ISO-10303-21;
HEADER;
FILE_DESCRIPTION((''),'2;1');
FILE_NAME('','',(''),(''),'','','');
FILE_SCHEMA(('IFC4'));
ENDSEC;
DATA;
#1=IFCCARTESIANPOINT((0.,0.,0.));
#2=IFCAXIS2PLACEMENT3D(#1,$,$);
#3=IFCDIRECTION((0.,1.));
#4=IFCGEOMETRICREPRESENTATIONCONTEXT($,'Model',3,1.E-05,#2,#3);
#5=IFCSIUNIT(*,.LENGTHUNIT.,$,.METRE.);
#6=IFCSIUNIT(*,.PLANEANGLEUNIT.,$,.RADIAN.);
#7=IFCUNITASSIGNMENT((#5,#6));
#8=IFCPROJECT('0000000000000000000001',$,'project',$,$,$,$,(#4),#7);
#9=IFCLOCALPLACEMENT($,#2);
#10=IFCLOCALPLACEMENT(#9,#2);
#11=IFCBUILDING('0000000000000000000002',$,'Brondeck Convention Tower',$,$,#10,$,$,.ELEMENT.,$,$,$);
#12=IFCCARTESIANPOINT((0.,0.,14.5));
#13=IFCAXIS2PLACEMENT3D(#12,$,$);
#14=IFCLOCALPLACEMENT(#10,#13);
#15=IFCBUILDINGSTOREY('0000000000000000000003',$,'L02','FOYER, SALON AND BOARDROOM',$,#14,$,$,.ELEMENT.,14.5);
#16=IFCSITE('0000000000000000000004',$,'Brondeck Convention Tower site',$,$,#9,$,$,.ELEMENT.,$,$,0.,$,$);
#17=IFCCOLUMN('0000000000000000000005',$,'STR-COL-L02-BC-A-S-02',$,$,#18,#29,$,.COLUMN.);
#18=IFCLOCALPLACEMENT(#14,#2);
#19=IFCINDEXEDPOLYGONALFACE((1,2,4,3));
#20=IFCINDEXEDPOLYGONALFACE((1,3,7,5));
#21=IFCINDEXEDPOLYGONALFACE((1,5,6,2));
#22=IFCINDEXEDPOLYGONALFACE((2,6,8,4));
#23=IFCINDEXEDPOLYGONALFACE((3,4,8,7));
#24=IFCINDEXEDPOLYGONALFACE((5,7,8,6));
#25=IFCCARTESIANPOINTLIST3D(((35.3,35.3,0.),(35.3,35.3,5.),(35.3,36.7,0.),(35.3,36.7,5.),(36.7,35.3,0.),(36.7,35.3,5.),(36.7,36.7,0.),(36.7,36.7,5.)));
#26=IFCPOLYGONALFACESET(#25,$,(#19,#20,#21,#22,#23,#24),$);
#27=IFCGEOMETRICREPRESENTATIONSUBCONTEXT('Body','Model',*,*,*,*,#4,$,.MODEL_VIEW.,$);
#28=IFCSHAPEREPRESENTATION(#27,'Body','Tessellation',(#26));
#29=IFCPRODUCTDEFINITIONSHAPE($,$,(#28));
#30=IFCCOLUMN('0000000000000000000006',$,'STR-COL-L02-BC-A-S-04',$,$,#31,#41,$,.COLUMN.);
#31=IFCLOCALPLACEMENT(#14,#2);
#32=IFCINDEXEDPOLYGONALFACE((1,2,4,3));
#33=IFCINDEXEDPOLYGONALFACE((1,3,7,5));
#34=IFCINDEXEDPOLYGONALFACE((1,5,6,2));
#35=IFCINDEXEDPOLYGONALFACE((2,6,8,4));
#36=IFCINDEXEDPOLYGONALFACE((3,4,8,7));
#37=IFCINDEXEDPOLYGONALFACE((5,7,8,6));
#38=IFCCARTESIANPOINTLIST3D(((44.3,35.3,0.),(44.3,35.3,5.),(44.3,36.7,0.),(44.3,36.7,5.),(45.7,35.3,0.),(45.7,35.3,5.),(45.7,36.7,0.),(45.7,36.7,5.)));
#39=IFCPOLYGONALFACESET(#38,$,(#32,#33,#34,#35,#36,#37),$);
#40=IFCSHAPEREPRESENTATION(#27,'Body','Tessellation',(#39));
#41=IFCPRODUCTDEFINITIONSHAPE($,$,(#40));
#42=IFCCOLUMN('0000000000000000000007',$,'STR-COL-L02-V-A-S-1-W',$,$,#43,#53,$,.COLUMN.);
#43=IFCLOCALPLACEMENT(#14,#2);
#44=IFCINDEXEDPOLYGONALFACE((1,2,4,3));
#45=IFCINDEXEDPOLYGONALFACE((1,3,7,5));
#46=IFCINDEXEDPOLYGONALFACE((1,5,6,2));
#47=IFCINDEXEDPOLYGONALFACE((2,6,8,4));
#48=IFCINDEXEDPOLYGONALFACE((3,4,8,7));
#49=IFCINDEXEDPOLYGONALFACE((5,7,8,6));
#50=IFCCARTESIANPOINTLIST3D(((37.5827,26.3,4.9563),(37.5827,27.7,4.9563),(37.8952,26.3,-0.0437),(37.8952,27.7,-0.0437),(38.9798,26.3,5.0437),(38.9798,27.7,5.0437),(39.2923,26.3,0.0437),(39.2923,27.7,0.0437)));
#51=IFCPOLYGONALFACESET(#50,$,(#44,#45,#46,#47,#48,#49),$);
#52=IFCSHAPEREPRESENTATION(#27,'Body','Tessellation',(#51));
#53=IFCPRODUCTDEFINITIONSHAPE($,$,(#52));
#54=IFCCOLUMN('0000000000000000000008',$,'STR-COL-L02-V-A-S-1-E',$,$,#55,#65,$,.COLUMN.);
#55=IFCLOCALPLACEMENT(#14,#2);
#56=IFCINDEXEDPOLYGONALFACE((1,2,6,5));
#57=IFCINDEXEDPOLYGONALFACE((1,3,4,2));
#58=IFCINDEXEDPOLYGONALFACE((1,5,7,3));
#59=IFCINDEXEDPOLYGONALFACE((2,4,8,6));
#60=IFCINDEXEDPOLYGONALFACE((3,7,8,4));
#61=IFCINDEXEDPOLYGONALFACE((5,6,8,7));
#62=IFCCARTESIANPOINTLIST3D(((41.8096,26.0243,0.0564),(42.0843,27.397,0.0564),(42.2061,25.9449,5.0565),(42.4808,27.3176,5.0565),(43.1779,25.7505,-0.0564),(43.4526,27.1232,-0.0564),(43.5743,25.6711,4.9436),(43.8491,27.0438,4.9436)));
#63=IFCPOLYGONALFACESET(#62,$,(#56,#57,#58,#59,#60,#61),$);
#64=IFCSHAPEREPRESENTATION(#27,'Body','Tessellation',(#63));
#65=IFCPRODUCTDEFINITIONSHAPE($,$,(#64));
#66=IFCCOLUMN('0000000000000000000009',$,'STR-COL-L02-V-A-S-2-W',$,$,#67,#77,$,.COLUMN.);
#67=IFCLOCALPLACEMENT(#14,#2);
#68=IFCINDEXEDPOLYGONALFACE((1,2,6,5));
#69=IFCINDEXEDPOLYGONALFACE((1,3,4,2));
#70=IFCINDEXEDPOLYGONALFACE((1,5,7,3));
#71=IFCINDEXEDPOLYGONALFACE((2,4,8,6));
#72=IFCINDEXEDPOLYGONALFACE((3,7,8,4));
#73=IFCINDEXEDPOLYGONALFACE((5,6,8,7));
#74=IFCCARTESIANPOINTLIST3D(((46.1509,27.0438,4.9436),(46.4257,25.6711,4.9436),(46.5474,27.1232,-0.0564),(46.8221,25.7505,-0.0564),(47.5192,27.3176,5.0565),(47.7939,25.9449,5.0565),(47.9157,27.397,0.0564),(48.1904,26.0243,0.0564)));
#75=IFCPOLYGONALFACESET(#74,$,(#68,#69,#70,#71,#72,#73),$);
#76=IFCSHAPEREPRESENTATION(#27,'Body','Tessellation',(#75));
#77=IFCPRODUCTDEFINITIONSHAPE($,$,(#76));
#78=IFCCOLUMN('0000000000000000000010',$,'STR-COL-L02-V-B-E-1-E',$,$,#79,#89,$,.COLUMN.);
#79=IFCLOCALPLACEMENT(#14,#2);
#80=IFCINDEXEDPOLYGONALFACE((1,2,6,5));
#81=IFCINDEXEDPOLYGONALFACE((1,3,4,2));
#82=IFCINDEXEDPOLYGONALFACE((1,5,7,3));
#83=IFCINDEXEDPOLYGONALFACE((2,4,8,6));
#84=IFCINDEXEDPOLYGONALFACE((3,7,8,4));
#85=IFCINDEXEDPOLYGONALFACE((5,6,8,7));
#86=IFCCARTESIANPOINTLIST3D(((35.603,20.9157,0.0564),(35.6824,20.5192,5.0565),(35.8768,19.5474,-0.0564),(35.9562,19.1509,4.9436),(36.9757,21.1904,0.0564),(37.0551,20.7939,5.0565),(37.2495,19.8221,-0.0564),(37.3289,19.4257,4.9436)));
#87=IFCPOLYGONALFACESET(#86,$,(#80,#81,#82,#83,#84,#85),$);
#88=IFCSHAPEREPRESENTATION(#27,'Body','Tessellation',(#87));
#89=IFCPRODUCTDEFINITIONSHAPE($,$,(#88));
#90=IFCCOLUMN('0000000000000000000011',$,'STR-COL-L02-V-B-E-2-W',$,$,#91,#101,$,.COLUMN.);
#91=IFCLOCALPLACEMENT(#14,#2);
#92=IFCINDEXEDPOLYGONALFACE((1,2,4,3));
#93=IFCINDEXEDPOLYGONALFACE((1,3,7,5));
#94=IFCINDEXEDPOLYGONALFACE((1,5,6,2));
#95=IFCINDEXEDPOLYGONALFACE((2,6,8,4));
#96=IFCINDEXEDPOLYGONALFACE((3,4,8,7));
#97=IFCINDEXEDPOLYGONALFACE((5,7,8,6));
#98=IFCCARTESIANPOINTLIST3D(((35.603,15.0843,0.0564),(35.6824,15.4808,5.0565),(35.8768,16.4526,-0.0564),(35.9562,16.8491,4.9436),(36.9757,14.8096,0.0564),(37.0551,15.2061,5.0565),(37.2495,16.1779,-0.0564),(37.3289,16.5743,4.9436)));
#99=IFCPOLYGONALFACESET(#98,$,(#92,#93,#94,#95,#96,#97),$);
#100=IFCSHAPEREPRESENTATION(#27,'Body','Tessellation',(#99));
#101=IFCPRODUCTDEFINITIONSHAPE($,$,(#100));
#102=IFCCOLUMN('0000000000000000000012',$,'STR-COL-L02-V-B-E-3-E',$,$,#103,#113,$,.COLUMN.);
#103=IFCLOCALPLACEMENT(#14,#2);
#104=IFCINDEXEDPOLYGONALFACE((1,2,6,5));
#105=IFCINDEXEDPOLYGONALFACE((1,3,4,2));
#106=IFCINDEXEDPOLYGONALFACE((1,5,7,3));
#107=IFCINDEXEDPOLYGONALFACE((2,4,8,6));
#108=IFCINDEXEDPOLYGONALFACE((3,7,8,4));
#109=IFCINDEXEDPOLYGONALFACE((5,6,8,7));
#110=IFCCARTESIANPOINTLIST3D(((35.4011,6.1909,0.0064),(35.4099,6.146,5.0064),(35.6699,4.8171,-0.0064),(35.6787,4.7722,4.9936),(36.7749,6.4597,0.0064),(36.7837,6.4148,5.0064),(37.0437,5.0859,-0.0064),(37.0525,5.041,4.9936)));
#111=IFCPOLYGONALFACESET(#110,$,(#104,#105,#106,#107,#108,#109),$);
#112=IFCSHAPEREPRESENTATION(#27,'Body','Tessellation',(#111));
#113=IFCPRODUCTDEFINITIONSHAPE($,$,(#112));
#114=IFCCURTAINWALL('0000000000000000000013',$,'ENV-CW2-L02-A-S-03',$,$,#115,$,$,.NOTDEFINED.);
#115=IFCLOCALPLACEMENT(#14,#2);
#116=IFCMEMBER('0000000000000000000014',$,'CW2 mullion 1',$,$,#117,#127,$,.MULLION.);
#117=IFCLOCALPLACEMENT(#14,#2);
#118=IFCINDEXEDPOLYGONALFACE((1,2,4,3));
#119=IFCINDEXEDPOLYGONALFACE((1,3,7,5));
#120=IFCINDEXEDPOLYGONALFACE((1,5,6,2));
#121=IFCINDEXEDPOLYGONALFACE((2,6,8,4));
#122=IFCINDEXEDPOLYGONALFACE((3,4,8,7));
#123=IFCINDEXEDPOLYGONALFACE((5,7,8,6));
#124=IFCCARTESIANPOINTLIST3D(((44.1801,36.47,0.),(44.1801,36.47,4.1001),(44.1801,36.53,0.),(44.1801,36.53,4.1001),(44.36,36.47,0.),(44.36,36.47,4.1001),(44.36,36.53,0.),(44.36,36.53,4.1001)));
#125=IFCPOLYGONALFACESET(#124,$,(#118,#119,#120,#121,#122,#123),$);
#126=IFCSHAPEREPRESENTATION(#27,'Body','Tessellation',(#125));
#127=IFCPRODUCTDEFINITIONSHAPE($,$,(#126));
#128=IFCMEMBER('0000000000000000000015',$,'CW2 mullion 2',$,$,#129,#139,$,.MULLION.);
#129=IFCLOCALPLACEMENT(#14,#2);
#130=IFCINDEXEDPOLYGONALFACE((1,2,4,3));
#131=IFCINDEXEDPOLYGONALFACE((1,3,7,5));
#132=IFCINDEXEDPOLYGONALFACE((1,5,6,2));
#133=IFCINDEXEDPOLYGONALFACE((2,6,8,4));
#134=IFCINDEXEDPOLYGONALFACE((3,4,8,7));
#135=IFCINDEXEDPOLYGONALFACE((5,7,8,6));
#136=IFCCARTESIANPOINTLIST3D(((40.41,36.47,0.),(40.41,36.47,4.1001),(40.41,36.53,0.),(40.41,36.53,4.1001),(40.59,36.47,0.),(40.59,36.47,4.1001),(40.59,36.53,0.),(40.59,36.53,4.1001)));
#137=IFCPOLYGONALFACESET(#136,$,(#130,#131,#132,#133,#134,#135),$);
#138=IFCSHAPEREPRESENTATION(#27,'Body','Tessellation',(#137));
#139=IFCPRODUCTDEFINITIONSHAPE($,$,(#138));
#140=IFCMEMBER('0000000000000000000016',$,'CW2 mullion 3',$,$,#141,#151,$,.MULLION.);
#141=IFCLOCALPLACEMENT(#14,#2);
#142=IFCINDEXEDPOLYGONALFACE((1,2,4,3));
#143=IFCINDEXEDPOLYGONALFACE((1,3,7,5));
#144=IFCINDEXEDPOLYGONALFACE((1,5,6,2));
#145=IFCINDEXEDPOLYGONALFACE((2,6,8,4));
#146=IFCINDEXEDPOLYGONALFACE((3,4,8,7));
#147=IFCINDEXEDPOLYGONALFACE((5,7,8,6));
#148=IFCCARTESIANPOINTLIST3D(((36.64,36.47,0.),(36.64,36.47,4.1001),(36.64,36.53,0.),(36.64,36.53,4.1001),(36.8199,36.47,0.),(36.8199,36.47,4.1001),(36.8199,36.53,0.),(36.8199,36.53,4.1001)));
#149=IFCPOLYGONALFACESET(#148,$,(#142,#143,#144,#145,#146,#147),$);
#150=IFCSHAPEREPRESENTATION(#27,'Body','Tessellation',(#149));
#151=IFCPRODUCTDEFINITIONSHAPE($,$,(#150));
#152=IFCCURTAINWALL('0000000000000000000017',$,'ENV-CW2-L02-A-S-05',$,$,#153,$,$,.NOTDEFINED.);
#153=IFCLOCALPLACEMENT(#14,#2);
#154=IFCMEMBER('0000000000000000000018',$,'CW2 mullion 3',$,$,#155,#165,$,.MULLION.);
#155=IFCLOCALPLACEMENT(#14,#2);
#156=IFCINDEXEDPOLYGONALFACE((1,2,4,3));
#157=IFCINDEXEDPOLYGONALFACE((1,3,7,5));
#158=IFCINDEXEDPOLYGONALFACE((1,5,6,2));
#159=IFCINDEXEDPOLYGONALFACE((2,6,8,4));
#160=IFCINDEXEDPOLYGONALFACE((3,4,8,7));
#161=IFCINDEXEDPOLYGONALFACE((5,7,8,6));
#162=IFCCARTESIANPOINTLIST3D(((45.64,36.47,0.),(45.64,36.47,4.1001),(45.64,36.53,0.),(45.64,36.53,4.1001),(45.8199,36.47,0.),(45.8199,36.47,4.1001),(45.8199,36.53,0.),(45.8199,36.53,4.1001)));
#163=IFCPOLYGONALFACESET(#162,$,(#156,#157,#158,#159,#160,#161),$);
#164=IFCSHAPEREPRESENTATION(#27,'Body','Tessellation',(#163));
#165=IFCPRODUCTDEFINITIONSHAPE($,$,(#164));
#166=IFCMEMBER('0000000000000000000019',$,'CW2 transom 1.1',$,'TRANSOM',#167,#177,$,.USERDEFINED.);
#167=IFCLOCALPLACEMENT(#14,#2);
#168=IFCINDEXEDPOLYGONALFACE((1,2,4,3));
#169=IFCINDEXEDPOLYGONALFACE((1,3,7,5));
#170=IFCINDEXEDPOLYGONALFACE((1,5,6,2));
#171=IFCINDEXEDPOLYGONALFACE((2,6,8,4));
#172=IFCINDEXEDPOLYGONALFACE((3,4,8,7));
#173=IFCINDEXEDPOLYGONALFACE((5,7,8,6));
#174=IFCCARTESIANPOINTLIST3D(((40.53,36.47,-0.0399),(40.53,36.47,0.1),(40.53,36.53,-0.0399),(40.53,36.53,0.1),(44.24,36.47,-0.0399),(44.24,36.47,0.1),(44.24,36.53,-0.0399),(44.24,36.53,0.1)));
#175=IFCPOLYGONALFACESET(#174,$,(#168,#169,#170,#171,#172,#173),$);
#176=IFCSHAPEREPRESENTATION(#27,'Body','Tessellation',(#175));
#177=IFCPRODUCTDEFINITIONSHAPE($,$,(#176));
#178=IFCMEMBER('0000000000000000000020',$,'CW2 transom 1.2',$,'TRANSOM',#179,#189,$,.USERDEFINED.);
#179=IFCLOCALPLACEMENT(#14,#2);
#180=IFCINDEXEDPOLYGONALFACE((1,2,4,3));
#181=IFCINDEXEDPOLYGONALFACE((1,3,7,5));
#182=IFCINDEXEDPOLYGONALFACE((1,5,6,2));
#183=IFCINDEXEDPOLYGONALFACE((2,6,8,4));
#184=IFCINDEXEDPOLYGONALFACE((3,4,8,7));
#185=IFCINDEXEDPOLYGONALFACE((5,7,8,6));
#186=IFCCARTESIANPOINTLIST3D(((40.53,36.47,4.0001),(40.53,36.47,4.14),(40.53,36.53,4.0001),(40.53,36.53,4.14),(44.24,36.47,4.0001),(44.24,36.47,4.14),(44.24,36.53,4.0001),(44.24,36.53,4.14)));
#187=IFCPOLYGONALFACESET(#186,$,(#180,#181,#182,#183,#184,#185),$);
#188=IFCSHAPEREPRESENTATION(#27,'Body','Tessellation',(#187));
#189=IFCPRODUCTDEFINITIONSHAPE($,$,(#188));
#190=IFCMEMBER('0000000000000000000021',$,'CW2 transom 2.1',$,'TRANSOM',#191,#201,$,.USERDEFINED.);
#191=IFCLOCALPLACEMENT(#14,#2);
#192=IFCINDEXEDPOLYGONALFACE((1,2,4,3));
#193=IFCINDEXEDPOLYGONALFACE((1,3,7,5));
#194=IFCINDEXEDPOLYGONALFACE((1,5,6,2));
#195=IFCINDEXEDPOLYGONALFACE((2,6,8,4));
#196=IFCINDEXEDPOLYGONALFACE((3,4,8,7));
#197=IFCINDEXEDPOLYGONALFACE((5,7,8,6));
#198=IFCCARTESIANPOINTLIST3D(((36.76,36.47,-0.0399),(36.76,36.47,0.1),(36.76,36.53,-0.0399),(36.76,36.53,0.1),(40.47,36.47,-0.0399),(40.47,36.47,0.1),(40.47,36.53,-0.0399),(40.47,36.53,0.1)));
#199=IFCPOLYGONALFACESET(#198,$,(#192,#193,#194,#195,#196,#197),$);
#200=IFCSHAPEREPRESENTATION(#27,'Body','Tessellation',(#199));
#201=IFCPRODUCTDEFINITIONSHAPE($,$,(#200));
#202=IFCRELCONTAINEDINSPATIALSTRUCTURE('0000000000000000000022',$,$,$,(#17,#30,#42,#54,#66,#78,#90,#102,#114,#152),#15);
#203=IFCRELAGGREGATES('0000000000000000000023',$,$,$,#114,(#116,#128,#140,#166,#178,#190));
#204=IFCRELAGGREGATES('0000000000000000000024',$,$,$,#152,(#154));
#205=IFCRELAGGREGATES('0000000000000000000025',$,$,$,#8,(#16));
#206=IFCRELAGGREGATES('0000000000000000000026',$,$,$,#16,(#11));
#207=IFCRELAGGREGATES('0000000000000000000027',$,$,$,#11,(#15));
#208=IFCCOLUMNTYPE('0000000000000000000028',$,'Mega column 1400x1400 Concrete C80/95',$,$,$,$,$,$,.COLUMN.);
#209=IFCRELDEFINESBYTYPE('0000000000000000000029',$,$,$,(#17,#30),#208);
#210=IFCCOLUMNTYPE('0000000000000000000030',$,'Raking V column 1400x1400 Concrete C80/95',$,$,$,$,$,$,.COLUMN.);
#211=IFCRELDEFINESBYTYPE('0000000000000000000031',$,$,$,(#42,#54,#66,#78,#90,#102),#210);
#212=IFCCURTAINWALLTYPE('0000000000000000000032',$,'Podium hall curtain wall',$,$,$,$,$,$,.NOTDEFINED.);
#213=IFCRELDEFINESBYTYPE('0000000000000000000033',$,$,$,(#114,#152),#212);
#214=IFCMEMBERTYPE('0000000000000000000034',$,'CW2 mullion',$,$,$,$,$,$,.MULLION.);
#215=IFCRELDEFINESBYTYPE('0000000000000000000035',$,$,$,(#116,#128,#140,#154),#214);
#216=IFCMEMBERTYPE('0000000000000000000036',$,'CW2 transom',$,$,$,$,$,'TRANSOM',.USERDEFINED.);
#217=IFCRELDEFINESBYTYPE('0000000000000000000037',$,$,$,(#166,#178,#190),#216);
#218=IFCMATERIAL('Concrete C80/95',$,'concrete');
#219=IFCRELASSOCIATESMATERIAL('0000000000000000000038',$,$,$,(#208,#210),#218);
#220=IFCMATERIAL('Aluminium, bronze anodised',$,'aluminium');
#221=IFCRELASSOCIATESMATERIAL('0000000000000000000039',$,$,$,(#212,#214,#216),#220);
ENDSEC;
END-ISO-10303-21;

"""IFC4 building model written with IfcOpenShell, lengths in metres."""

from ifc_helpers import new_model, si_unit, direction, frame, origin, origin_2d, place, context, subcontext, project, spatial, rectangle, extrude, material, material_profile, profile_set, type_object, element, aggregate, save


model = new_model("IFC4")

# Units and contexts
model_context = context("Model", 3, precision=1e-05, world=origin(), true_north=direction((0.0, 1.0)))
body_context = subcontext(model_context, "Body", "Model", "MODEL_VIEW")
ifc_project = project(units=[si_unit("LENGTHUNIT", "METRE"), si_unit("PLANEANGLEUNIT", "RADIAN")], contexts=[model_context])

# Site, building, storey
site_placement = place(None, origin())
site = spatial("IfcSite", under=ifc_project, at=site_placement, Name="Brondeck Convention Tower site", CompositionType="ELEMENT", RefElevation=0.0)
building_placement = place(site_placement, origin())
building = spatial("IfcBuilding", under=site, at=building_placement, Name="Brondeck Convention Tower", CompositionType="ELEMENT")
storey_placement = place(building_placement, frame((0.0, 0.0, 14.5)))
storey = spatial("IfcBuildingStorey", under=building, at=storey_placement, Name="L02", Description="FOYER, SALON AND BOARDROOM", CompositionType="ELEMENT", Elevation=14.5)

# Columns
ifc_material_1 = material(Name="Concrete C80/95", Category="concrete")
ifc_material_profile_1 = material_profile(ifc_material_1, rectangle(XDim=1.3999, YDim=1.3999, at=origin_2d()), Name="Mega column 1400x1400 Concrete C80/95")
ifc_profile_set_1 = profile_set([ifc_material_profile_1], Name="Concrete C80/95")
column_type_1 = type_object("IfcColumnType", Name="Mega column 1400x1400 Concrete C80/95", PredefinedType="COLUMN", material=ifc_profile_set_1)
for number, where, z_axis, x_axis, name in (
    (1, (36.0, 36.0, 0.0), (0.0, 0.0, 1.0), (1.0, 0.0, 0.0), "STR-COL-L02-BC-A-S-02"),
    (2, (45.0, 36.0, 0.0), (0.0, 0.0, 1.0), (1.0, 0.0, 0.0), "STR-COL-L02-BC-A-S-04"),
):
    element("IfcColumn", number, at=place(storey_placement, frame(where, z_axis=z_axis, x_axis=x_axis)), inside=storey, type_object=column_type_1, Name=name, PredefinedType="COLUMN", context=body_context, shape_type="SweptSolid", body=[
        extrude(rectangle(XDim=1.3999, YDim=1.3999, at=origin_2d()), origin(), (0.0, 0.0, 1.0), 5.0),
    ])
ifc_material_profile_2 = material_profile(ifc_material_1, rectangle(XDim=1.3999, YDim=1.3999, at=origin_2d()), Name="Raking V column 1400x1400 Concrete C80/95")
ifc_profile_set_2 = profile_set([ifc_material_profile_2], Name="Concrete C80/95")
column_type_2 = type_object("IfcColumnType", Name="Raking V column 1400x1400 Concrete C80/95", PredefinedType="COLUMN", material=ifc_profile_set_2)
column_1_placement = place(storey_placement, frame((38.5938, 27.0, 0.0), z_axis=(-0.062378, 0.0, 0.998053), x_axis=(0.0, -1.0, 0.0)))
element("IfcColumn", 3, at=column_1_placement, inside=storey, type_object=column_type_2, Name="STR-COL-L02-V-A-S-1-W", PredefinedType="COLUMN", context=body_context, shape_type="SweptSolid", body=[
    extrude(rectangle(XDim=1.3999, YDim=1.3999, at=origin_2d()), origin(), (0.0, 0.0, 1.0), 5.0098),
])
for number, where, z_axis, x_axis, name in (
    (4, (42.6311, 26.5737, 0.0), (0.079039, -0.015818, 0.996746), (0.196232, 0.980557, 0.0), "STR-COL-L02-V-A-S-1-E"),
    (5, (47.3689, 26.5737, 0.0), (-0.079039, -0.015818, 0.996746), (0.196232, -0.980557, 0.0), "STR-COL-L02-V-A-S-2-W"),
    (6, (36.4263, 20.3689, 0.0), (0.015818, -0.079039, 0.996746), (0.980557, 0.196232, 0.0), "STR-COL-L02-V-B-E-1-E"),
    (7, (36.4263, 15.6311, 0.0), (0.015818, 0.079039, 0.996746), (-0.980557, 0.196232, 0.0), "STR-COL-L02-V-B-E-2-W"),
):
    element("IfcColumn", number, at=place(storey_placement, frame(where, z_axis=z_axis, x_axis=x_axis)), inside=storey, type_object=column_type_2, Name=name, PredefinedType="COLUMN", context=body_context, shape_type="SweptSolid", body=[
        extrude(rectangle(XDim=1.3999, YDim=1.3999, at=origin_2d()), origin(), (0.0, 0.0, 1.0), 5.0164),
    ])
column_2_placement = place(storey_placement, frame((36.2224, 5.6384, 0.0), z_axis=(0.001758, -0.008984, 0.999958), x_axis=(0.981393, 0.192012, 0.0)))
element("IfcColumn", 8, at=column_2_placement, inside=storey, type_object=column_type_2, Name="STR-COL-L02-V-B-E-3-E", PredefinedType="COLUMN", context=body_context, shape_type="SweptSolid", body=[
    extrude(rectangle(XDim=1.3999, YDim=1.3999, at=origin_2d()), origin(), (0.0, 0.0, 1.0), 5.0002),
])

# Curtain wall, members
ifc_material_2 = material(Name="Aluminium, bronze anodised", Category="aluminium")
curtain_wall_type = type_object("IfcCurtainWallType", Name="Podium hall curtain wall", PredefinedType="NOTDEFINED", material=ifc_material_2)
curtain_wall_1_placement = place(storey_placement, origin())
curtain_wall_1 = element("IfcCurtainWall", 9, at=curtain_wall_1_placement, inside=storey, type_object=curtain_wall_type, Name="ENV-CW2-L02-A-S-03", PredefinedType="NOTDEFINED")
ifc_material_profile_3 = material_profile(ifc_material_2, rectangle(XDim=0.0601, YDim=0.1799, at=origin_2d()), Name="CW2 mullion")
ifc_profile_set_3 = profile_set([ifc_material_profile_3], Name="Aluminium, bronze anodised")
member_type_1 = type_object("IfcMemberType", Name="CW2 mullion", PredefinedType="MULLION", material=ifc_profile_set_3)
member_1_placement = place(storey_placement, frame((44.27, 36.5, 0.0), z_axis=(0.0, 0.0, 1.0), x_axis=(0.0, -1.0, 0.0)))
member_1 = element("IfcMember", 10, at=member_1_placement, type_object=member_type_1, Name="CW2 mullion 1", PredefinedType="MULLION", context=body_context, shape_type="SweptSolid", body=[
    extrude(rectangle(XDim=0.0601, YDim=0.1799, at=origin_2d()), origin(), (0.0, 0.0, 1.0), 4.1001),
])
member_2_placement = place(storey_placement, frame((40.5, 36.5, 0.0), z_axis=(0.0, 0.0, 1.0), x_axis=(0.0, -1.0, 0.0)))
member_2 = element("IfcMember", 11, at=member_2_placement, type_object=member_type_1, Name="CW2 mullion 2", PredefinedType="MULLION", context=body_context, shape_type="SweptSolid", body=[
    extrude(rectangle(XDim=0.0601, YDim=0.1799, at=origin_2d()), origin(), (0.0, 0.0, 1.0), 4.1001),
])
member_3_placement = place(storey_placement, frame((36.73, 36.5, 0.0), z_axis=(0.0, 0.0, 1.0), x_axis=(0.0, -1.0, 0.0)))
member_3 = element("IfcMember", 12, at=member_3_placement, type_object=member_type_1, Name="CW2 mullion 3", PredefinedType="MULLION", context=body_context, shape_type="SweptSolid", body=[
    extrude(rectangle(XDim=0.0601, YDim=0.1799, at=origin_2d()), origin(), (0.0, 0.0, 1.0), 4.1001),
])

# Curtain wall, member
curtain_wall_2_placement = place(storey_placement, origin())
curtain_wall_2 = element("IfcCurtainWall", 13, at=curtain_wall_2_placement, inside=storey, type_object=curtain_wall_type, Name="ENV-CW2-L02-A-S-05", PredefinedType="NOTDEFINED")
member_4_placement = place(storey_placement, frame((45.73, 36.5, 0.0), z_axis=(0.0, 0.0, 1.0), x_axis=(0.0, -1.0, 0.0)))
member_4 = element("IfcMember", 14, at=member_4_placement, type_object=member_type_1, Name="CW2 mullion 3", PredefinedType="MULLION", context=body_context, shape_type="SweptSolid", body=[
    extrude(rectangle(XDim=0.0601, YDim=0.1799, at=origin_2d()), origin(), (0.0, 0.0, 1.0), 4.1001),
])

# Members
ifc_material_profile_4 = material_profile(ifc_material_2, rectangle(XDim=0.0601, YDim=0.1399, at=origin_2d()), Name="CW2 transom")
ifc_profile_set_4 = profile_set([ifc_material_profile_4], Name="Aluminium, bronze anodised")
member_type_2 = type_object("IfcMemberType", Name="CW2 transom", ElementType="TRANSOM", PredefinedType="USERDEFINED", material=ifc_profile_set_4)
member_5_placement = place(storey_placement, frame((44.24, 36.5, 0.03), z_axis=(-1.0, 0.0, 0.0), x_axis=(0.0, -1.0, 0.0)))
member_5 = element("IfcMember", 15, at=member_5_placement, type_object=member_type_2, Name="CW2 transom 1.1", ObjectType="TRANSOM", PredefinedType="USERDEFINED", context=body_context, shape_type="SweptSolid", body=[
    extrude(rectangle(XDim=0.0601, YDim=0.1399, at=origin_2d()), origin(), (0.0, 0.0, 1.0), 3.71),
])
member_6_placement = place(storey_placement, frame((44.24, 36.5, 4.0701), z_axis=(-1.0, 0.0, 0.0), x_axis=(0.0, -1.0, 0.0)))
member_6 = element("IfcMember", 16, at=member_6_placement, type_object=member_type_2, Name="CW2 transom 1.2", ObjectType="TRANSOM", PredefinedType="USERDEFINED", context=body_context, shape_type="SweptSolid", body=[
    extrude(rectangle(XDim=0.0601, YDim=0.1399, at=origin_2d()), origin(), (0.0, 0.0, 1.0), 3.71),
])
member_7_placement = place(storey_placement, frame((40.47, 36.5, 0.03), z_axis=(-1.0, 0.0, 0.0), x_axis=(0.0, -1.0, 0.0)))
member_7 = element("IfcMember", 17, at=member_7_placement, type_object=member_type_2, Name="CW2 transom 2.1", ObjectType="TRANSOM", PredefinedType="USERDEFINED", context=body_context, shape_type="SweptSolid", body=[
    extrude(rectangle(XDim=0.0601, YDim=0.1399, at=origin_2d()), origin(), (0.0, 0.0, 1.0), 3.71),
])

aggregate(curtain_wall_1, [member_1, member_2, member_3, member_5, member_6, member_7])
aggregate(curtain_wall_2, [member_4])

save(model, "model.ifc")
